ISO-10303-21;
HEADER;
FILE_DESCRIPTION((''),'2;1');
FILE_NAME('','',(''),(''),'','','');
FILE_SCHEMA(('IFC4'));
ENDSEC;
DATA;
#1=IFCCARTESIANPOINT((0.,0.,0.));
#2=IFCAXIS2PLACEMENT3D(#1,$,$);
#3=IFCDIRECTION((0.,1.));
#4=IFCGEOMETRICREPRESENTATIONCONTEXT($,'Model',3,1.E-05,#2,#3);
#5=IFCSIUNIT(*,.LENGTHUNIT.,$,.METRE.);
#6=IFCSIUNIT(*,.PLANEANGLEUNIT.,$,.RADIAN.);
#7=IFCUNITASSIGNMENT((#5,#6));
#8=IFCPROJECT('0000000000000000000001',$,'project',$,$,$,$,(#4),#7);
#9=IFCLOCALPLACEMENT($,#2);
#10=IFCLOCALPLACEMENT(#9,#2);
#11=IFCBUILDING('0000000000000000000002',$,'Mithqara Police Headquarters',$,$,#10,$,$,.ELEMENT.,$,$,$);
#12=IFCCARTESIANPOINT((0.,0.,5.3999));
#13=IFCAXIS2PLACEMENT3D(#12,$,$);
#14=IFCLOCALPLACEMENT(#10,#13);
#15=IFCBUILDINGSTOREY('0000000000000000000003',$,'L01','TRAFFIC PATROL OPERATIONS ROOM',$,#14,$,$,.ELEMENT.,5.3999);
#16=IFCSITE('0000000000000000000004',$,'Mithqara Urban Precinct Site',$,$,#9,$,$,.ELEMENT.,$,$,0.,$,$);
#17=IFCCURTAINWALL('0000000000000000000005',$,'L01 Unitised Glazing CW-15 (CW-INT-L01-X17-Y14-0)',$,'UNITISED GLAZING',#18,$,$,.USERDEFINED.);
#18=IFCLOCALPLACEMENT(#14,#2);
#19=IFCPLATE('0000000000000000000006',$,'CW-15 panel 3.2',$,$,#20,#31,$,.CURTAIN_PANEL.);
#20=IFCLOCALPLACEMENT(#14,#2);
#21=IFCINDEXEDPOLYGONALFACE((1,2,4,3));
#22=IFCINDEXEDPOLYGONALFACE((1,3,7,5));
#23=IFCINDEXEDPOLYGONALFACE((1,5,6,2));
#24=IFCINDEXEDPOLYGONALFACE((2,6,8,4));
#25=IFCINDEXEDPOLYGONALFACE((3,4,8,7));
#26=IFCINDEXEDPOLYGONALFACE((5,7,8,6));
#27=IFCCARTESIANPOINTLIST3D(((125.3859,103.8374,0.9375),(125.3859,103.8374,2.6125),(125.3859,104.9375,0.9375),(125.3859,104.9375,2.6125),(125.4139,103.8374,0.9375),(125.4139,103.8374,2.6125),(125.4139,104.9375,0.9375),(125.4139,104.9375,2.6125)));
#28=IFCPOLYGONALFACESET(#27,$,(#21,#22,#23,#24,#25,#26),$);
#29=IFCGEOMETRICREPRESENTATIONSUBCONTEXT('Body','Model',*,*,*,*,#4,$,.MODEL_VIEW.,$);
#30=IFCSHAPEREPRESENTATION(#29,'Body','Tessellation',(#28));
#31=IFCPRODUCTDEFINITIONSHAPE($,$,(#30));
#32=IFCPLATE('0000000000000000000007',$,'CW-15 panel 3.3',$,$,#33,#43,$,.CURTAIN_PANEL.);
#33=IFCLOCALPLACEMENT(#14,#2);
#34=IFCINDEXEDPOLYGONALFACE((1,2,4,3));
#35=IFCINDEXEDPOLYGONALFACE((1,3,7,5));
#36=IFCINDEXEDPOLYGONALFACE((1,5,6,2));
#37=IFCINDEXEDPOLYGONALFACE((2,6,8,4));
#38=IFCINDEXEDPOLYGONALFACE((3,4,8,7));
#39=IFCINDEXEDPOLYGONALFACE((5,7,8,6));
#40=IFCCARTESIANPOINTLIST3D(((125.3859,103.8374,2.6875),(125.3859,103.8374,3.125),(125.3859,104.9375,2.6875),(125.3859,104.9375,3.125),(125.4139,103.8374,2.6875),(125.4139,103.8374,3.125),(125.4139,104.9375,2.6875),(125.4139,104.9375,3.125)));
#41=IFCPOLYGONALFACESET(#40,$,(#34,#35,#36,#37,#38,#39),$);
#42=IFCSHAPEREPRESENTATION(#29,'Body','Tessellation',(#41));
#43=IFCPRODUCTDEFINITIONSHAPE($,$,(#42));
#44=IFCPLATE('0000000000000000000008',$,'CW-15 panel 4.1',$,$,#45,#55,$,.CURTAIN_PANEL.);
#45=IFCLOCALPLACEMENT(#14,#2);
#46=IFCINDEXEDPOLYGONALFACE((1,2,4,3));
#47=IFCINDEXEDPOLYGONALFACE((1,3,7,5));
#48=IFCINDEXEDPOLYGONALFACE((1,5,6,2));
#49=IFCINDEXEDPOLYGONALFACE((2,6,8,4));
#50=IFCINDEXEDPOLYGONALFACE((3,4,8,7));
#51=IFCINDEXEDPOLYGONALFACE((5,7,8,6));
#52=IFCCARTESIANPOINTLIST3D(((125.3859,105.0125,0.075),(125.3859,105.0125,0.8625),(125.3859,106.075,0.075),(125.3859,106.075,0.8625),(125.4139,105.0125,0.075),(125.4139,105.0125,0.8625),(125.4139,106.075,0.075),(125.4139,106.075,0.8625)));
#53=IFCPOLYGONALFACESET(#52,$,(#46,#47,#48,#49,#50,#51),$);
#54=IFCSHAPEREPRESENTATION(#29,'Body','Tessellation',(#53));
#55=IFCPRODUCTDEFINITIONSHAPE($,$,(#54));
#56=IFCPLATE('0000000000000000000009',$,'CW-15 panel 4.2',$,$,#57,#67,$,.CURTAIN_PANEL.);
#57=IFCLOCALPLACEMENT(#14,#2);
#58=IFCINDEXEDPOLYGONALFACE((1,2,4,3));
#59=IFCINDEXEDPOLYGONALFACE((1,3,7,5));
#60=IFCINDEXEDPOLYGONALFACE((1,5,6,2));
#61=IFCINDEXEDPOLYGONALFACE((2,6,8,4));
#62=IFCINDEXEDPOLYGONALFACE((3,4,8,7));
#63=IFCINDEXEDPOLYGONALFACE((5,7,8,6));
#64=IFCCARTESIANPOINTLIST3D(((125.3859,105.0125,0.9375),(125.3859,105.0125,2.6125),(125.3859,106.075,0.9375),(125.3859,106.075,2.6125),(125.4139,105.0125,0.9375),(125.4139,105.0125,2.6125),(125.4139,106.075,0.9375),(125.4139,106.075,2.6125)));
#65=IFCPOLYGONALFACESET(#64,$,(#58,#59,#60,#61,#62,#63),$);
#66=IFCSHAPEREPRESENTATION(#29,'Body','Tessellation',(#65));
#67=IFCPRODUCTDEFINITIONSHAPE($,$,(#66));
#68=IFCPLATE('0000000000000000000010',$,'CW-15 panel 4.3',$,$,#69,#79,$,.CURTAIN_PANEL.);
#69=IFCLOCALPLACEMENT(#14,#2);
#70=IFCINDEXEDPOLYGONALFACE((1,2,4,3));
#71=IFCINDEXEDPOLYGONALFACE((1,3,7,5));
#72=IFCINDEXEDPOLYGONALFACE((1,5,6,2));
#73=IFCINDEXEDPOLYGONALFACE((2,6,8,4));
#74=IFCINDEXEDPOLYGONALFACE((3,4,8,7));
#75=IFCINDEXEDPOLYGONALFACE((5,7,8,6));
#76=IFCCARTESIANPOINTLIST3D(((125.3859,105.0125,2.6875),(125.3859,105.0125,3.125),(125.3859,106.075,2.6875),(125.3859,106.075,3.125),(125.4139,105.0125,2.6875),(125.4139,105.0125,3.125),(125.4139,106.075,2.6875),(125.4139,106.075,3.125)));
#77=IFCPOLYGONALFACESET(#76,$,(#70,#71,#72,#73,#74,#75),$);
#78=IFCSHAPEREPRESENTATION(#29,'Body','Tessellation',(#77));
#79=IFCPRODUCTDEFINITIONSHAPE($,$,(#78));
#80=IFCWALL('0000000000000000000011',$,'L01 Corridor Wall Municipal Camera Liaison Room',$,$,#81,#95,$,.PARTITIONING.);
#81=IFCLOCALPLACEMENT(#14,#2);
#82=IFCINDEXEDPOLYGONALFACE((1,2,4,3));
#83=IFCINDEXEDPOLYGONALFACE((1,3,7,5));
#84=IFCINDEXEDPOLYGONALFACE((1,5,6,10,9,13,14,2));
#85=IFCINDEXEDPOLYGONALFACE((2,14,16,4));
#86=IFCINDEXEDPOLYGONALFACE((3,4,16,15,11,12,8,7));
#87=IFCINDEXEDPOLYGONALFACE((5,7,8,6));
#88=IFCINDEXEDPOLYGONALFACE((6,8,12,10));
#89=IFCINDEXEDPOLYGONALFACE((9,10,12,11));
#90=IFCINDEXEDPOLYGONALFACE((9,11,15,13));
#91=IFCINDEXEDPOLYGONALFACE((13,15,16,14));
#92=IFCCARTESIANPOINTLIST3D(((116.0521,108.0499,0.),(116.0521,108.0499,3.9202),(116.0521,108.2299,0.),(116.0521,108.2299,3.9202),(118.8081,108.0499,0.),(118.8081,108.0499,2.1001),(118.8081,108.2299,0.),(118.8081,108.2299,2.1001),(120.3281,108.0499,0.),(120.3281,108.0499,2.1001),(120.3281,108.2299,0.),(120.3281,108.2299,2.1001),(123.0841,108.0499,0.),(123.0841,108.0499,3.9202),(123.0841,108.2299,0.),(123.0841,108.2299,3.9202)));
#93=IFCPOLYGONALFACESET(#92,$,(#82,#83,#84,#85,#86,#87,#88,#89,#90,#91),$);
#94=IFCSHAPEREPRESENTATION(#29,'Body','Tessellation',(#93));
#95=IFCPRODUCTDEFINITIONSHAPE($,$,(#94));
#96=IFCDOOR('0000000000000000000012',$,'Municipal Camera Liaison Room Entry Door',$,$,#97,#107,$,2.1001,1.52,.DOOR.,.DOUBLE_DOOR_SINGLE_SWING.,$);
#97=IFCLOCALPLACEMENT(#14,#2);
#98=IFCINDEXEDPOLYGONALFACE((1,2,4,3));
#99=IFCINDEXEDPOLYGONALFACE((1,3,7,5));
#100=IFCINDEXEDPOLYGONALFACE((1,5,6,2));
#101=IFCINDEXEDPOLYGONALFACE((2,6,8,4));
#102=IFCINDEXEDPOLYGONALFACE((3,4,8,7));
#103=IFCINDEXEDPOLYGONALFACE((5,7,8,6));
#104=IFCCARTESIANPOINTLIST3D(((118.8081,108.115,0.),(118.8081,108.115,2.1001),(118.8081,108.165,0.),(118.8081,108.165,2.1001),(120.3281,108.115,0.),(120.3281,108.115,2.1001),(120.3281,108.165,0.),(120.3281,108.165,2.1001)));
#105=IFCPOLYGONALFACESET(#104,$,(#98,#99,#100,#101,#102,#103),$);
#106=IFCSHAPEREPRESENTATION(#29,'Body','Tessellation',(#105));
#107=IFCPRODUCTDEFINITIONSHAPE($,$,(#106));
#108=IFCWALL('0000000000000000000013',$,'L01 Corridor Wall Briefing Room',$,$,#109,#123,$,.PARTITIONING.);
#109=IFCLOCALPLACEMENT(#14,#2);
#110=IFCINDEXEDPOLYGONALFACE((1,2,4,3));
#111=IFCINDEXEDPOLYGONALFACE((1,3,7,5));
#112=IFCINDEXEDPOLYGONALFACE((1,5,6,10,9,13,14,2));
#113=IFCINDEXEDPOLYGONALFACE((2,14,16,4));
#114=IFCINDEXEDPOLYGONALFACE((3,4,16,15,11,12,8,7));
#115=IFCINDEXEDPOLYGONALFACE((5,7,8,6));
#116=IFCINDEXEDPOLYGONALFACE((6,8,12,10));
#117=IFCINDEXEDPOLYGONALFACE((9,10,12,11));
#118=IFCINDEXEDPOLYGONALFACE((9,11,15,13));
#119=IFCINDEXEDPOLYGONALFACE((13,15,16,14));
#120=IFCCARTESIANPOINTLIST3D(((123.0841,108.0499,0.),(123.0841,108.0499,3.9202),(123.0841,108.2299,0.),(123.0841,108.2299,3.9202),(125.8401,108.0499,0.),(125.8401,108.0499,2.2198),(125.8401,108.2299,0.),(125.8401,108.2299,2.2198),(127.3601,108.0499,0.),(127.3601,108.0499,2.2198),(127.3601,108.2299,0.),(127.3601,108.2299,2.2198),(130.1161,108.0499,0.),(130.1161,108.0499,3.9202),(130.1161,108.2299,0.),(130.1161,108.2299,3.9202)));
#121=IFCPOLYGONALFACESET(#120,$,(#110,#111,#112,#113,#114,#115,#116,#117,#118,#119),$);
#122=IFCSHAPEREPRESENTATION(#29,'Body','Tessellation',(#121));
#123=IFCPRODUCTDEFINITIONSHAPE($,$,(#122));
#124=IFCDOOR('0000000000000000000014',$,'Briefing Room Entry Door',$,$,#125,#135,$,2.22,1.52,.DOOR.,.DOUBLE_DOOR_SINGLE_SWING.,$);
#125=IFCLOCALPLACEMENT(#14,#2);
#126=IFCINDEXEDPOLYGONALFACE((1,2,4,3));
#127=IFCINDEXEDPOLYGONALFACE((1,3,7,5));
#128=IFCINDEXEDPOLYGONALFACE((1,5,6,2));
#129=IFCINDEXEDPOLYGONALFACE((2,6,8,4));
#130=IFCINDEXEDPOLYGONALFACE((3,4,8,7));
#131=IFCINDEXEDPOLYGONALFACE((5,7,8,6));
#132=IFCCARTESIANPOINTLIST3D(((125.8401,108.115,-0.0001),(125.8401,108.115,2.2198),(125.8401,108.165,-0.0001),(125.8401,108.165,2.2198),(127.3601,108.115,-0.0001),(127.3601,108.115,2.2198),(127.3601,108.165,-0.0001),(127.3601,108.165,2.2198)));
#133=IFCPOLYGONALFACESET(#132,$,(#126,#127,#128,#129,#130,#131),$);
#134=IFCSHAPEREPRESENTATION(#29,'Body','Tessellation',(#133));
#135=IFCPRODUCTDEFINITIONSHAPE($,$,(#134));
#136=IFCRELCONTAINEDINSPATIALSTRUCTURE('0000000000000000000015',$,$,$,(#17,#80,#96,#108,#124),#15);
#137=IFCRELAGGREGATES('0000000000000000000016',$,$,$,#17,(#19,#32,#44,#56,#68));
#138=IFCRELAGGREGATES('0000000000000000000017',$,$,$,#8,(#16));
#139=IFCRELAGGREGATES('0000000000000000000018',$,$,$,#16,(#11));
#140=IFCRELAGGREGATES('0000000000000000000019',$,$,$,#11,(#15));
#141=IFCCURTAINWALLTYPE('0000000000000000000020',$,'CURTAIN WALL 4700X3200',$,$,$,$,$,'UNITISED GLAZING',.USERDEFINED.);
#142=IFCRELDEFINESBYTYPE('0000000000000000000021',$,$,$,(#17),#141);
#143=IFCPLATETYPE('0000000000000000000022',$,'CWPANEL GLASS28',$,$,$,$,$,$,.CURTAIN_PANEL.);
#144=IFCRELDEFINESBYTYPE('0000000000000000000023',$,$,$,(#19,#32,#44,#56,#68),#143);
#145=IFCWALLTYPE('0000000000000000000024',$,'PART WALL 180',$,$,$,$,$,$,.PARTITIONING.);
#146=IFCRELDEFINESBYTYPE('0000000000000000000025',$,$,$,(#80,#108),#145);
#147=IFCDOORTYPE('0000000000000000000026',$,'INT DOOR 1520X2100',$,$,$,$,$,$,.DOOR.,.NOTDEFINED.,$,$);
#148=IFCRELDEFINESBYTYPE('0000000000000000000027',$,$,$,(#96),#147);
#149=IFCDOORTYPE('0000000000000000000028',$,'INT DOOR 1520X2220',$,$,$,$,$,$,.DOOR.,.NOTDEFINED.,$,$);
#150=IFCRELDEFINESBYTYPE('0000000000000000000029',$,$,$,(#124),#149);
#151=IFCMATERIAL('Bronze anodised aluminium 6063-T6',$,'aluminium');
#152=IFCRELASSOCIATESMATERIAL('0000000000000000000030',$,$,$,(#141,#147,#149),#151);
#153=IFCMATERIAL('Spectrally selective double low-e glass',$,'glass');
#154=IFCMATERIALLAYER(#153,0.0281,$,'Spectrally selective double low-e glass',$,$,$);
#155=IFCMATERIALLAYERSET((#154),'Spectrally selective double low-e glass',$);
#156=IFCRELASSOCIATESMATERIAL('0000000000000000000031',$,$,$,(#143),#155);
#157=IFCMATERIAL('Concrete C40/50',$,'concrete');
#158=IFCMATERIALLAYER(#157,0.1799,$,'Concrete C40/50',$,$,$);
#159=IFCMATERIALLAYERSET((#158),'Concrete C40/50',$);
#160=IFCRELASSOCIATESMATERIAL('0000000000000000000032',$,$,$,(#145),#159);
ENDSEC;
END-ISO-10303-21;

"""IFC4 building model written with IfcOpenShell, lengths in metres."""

from ifc_helpers import new_model, si_unit, direction, frame, frame_2d, origin, origin_2d, place, context, subcontext, project, spatial, rectangle, extrude, material, layer, layer_set, type_object, element, fill, aggregate, save


model = new_model("IFC4")

# Units and contexts
model_context = context("Model", 3, precision=1e-05, world=origin(), true_north=direction((0.0, 1.0)))
body_context = subcontext(model_context, "Body", "Model", "MODEL_VIEW")
ifc_project = project(units=[si_unit("LENGTHUNIT", "METRE"), si_unit("PLANEANGLEUNIT", "RADIAN")], contexts=[model_context])

# Site, building, storey
site_placement = place(None, origin())
site = spatial("IfcSite", under=ifc_project, at=site_placement, Name="Mithqara Urban Precinct Site", CompositionType="ELEMENT", RefElevation=0.0)
building_placement = place(site_placement, origin())
building = spatial("IfcBuilding", under=site, at=building_placement, Name="Mithqara Police Headquarters", CompositionType="ELEMENT")
storey_placement = place(building_placement, frame((0.0, 0.0, 5.3999)))
storey = spatial("IfcBuildingStorey", under=building, at=storey_placement, Name="L01", Description="TRAFFIC PATROL OPERATIONS ROOM", CompositionType="ELEMENT", Elevation=5.3999)

# Shared definitions
ifc_material_1 = material(Name="Concrete C40/50", Category="concrete")

# Curtain wall, plates
ifc_material_2 = material(Name="Bronze anodised aluminium 6063-T6", Category="aluminium")
curtain_wall_type = type_object("IfcCurtainWallType", Name="CURTAIN WALL 4700X3200", ElementType="UNITISED GLAZING", PredefinedType="USERDEFINED", material=ifc_material_2)
curtain_wall_placement = place(storey_placement, origin())
curtain_wall = element("IfcCurtainWall", 1, at=curtain_wall_placement, inside=storey, type_object=curtain_wall_type, Name="L01 Unitised Glazing CW-15 (CW-INT-L01-X17-Y14-0)", ObjectType="UNITISED GLAZING", PredefinedType="USERDEFINED")
ifc_material_3 = material(Name="Spectrally selective double low-e glass", Category="glass")
ifc_layer_1 = layer(ifc_material_3, 0.0281, Name="Spectrally selective double low-e glass")
ifc_layer_set_1 = layer_set([ifc_layer_1], Name="Spectrally selective double low-e glass")
plate_type = type_object("IfcPlateType", Name="CWPANEL GLASS28", PredefinedType="CURTAIN_PANEL", material=ifc_layer_set_1)
plate_1_placement = place(storey_placement, frame((125.3999, 104.3875, 0.9375), z_axis=(0.0, 0.0, 1.0), x_axis=(0.0, 1.0, 0.0)))
plate_1 = element("IfcPlate", 2, at=plate_1_placement, type_object=plate_type, Name="CW-15 panel 3.2", PredefinedType="CURTAIN_PANEL", context=body_context, shape_type="SweptSolid", body=[
    extrude(rectangle(XDim=1.1001, YDim=0.0281, at=origin_2d()), origin(), (0.0, 0.0, 1.0), 1.675),
])
plate_2_placement = place(storey_placement, frame((125.3999, 104.3875, 2.6875), z_axis=(0.0, 0.0, 1.0), x_axis=(0.0, 1.0, 0.0)))
plate_2 = element("IfcPlate", 3, at=plate_2_placement, type_object=plate_type, Name="CW-15 panel 3.3", PredefinedType="CURTAIN_PANEL", context=body_context, shape_type="SweptSolid", body=[
    extrude(rectangle(XDim=1.1001, YDim=0.0281, at=origin_2d()), origin(), (0.0, 0.0, 1.0), 0.4375),
])
plate_3_placement = place(storey_placement, frame((125.3999, 105.5437, 0.075), z_axis=(0.0, 0.0, 1.0), x_axis=(0.0, 1.0, 0.0)))
plate_3 = element("IfcPlate", 4, at=plate_3_placement, type_object=plate_type, Name="CW-15 panel 4.1", PredefinedType="CURTAIN_PANEL", context=body_context, shape_type="SweptSolid", body=[
    extrude(rectangle(XDim=1.0625, YDim=0.0281, at=origin_2d()), origin(), (0.0, 0.0, 1.0), 0.7876),
])
plate_4_placement = place(storey_placement, frame((125.3999, 105.5437, 0.9375), z_axis=(0.0, 0.0, 1.0), x_axis=(0.0, 1.0, 0.0)))
plate_4 = element("IfcPlate", 5, at=plate_4_placement, type_object=plate_type, Name="CW-15 panel 4.2", PredefinedType="CURTAIN_PANEL", context=body_context, shape_type="SweptSolid", body=[
    extrude(rectangle(XDim=1.0625, YDim=0.0281, at=origin_2d()), origin(), (0.0, 0.0, 1.0), 1.675),
])
plate_5_placement = place(storey_placement, frame((125.3999, 105.5437, 2.6875), z_axis=(0.0, 0.0, 1.0), x_axis=(0.0, 1.0, 0.0)))
plate_5 = element("IfcPlate", 6, at=plate_5_placement, type_object=plate_type, Name="CW-15 panel 4.3", PredefinedType="CURTAIN_PANEL", context=body_context, shape_type="SweptSolid", body=[
    extrude(rectangle(XDim=1.0625, YDim=0.0281, at=origin_2d()), origin(), (0.0, 0.0, 1.0), 0.4375),
])
aggregate(curtain_wall, [plate_1, plate_2, plate_3, plate_4, plate_5])

# Walls, openings, doors
ifc_layer_2 = layer(ifc_material_1, 0.1799, Name="Concrete C40/50")
ifc_layer_set_2 = layer_set([ifc_layer_2], Name="Concrete C40/50")
wall_type = type_object("IfcWallType", Name="PART WALL 180", PredefinedType="PARTITIONING", material=ifc_layer_set_2)
wall_1_placement = place(storey_placement, frame((116.052, 108.1399, 0.0), z_axis=(0.0, 0.0, 1.0), x_axis=(1.0, 0.0, 0.0)))
wall_1 = element("IfcWall", 7, at=wall_1_placement, inside=storey, type_object=wall_type, Name="L01 Corridor Wall Municipal Camera Liaison Room", PredefinedType="PARTITIONING", context=body_context, shape_type="SweptSolid", body=[
    extrude(rectangle(XDim=7.032, YDim=0.1799, at=frame_2d((3.5161, 0.0))), origin(), (0.0, 0.0, 1.0), 3.9202),
])
opening_1_placement = place(wall_1_placement, frame((2.7561, 0.0, 0.0)))
opening_1 = element("IfcOpeningElement", 8, at=opening_1_placement, cuts=wall_1, PredefinedType="OPENING", context=body_context, shape_type="SweptSolid", body=[
    extrude(rectangle(XDim=1.52, YDim=2.1001, at=frame_2d((0.76, 1.05))), frame((0.0, 0.1001, 0.0), z_axis=(0.0, -1.0, 0.0), x_axis=(1.0, 0.0, 0.0)), (0.0, 0.0, 1.0), 0.2),
])
door_type_1 = type_object("IfcDoorType", Name="INT DOOR 1520X2100", OperationType="NOTDEFINED", PredefinedType="DOOR", material=ifc_material_2)
door_1_placement = place(opening_1_placement, frame((1.52, 0.0, 0.0), z_axis=(0.0, 0.0, 1.0), x_axis=(-1.0, 0.0, 0.0)))
door_1 = element("IfcDoor", 9, at=door_1_placement, inside=storey, type_object=door_type_1, Name="Municipal Camera Liaison Room Entry Door", OperationType="DOUBLE_DOOR_SINGLE_SWING", OverallHeight=2.1001, OverallWidth=1.52, PredefinedType="DOOR", context=body_context, shape_type="SweptSolid", body=[
    extrude(rectangle(XDim=1.52, YDim=2.1001, at=frame_2d((0.76, 1.05))), frame((0.0, 0.0249, 0.0), z_axis=(0.0, -1.0, 0.0), x_axis=(1.0, 0.0, 0.0)), (0.0, 0.0, 1.0), 0.05),
])
fill(opening_1, door_1)
wall_2_placement = place(storey_placement, frame((123.084, 108.1399, 0.0), z_axis=(0.0, 0.0, 1.0), x_axis=(1.0, 0.0, 0.0)))
wall_2 = element("IfcWall", 10, at=wall_2_placement, inside=storey, type_object=wall_type, Name="L01 Corridor Wall Briefing Room", PredefinedType="PARTITIONING", context=body_context, shape_type="SweptSolid", body=[
    extrude(rectangle(XDim=7.032, YDim=0.1799, at=frame_2d((3.5161, 0.0))), origin(), (0.0, 0.0, 1.0), 3.9202),
])
opening_2_placement = place(wall_2_placement, frame((2.7561, 0.0, 0.0)))
opening_2 = element("IfcOpeningElement", 11, at=opening_2_placement, cuts=wall_2, PredefinedType="OPENING", context=body_context, shape_type="SweptSolid", body=[
    extrude(rectangle(XDim=1.52, YDim=2.22, at=frame_2d((0.76, 1.1099))), frame((0.0, 0.1001, 0.0), z_axis=(0.0, -1.0, 0.0), x_axis=(1.0, 0.0, 0.0)), (0.0, 0.0, 1.0), 0.2),
])
door_type_2 = type_object("IfcDoorType", Name="INT DOOR 1520X2220", OperationType="NOTDEFINED", PredefinedType="DOOR", material=ifc_material_2)
door_2_placement = place(opening_2_placement, frame((1.52, 0.0, 0.0), z_axis=(0.0, 0.0, 1.0), x_axis=(-1.0, 0.0, 0.0)))
door_2 = element("IfcDoor", 12, at=door_2_placement, inside=storey, type_object=door_type_2, Name="Briefing Room Entry Door", OperationType="DOUBLE_DOOR_SINGLE_SWING", OverallHeight=2.22, OverallWidth=1.52, PredefinedType="DOOR", context=body_context, shape_type="SweptSolid", body=[
    extrude(rectangle(XDim=1.52, YDim=2.22, at=frame_2d((0.76, 1.1099))), frame((0.0, 0.0249, 0.0), z_axis=(0.0, -1.0, 0.0), x_axis=(1.0, 0.0, 0.0)), (0.0, 0.0, 1.0), 0.05),
])
fill(opening_2, door_2)

save(model, "model.ifc")
